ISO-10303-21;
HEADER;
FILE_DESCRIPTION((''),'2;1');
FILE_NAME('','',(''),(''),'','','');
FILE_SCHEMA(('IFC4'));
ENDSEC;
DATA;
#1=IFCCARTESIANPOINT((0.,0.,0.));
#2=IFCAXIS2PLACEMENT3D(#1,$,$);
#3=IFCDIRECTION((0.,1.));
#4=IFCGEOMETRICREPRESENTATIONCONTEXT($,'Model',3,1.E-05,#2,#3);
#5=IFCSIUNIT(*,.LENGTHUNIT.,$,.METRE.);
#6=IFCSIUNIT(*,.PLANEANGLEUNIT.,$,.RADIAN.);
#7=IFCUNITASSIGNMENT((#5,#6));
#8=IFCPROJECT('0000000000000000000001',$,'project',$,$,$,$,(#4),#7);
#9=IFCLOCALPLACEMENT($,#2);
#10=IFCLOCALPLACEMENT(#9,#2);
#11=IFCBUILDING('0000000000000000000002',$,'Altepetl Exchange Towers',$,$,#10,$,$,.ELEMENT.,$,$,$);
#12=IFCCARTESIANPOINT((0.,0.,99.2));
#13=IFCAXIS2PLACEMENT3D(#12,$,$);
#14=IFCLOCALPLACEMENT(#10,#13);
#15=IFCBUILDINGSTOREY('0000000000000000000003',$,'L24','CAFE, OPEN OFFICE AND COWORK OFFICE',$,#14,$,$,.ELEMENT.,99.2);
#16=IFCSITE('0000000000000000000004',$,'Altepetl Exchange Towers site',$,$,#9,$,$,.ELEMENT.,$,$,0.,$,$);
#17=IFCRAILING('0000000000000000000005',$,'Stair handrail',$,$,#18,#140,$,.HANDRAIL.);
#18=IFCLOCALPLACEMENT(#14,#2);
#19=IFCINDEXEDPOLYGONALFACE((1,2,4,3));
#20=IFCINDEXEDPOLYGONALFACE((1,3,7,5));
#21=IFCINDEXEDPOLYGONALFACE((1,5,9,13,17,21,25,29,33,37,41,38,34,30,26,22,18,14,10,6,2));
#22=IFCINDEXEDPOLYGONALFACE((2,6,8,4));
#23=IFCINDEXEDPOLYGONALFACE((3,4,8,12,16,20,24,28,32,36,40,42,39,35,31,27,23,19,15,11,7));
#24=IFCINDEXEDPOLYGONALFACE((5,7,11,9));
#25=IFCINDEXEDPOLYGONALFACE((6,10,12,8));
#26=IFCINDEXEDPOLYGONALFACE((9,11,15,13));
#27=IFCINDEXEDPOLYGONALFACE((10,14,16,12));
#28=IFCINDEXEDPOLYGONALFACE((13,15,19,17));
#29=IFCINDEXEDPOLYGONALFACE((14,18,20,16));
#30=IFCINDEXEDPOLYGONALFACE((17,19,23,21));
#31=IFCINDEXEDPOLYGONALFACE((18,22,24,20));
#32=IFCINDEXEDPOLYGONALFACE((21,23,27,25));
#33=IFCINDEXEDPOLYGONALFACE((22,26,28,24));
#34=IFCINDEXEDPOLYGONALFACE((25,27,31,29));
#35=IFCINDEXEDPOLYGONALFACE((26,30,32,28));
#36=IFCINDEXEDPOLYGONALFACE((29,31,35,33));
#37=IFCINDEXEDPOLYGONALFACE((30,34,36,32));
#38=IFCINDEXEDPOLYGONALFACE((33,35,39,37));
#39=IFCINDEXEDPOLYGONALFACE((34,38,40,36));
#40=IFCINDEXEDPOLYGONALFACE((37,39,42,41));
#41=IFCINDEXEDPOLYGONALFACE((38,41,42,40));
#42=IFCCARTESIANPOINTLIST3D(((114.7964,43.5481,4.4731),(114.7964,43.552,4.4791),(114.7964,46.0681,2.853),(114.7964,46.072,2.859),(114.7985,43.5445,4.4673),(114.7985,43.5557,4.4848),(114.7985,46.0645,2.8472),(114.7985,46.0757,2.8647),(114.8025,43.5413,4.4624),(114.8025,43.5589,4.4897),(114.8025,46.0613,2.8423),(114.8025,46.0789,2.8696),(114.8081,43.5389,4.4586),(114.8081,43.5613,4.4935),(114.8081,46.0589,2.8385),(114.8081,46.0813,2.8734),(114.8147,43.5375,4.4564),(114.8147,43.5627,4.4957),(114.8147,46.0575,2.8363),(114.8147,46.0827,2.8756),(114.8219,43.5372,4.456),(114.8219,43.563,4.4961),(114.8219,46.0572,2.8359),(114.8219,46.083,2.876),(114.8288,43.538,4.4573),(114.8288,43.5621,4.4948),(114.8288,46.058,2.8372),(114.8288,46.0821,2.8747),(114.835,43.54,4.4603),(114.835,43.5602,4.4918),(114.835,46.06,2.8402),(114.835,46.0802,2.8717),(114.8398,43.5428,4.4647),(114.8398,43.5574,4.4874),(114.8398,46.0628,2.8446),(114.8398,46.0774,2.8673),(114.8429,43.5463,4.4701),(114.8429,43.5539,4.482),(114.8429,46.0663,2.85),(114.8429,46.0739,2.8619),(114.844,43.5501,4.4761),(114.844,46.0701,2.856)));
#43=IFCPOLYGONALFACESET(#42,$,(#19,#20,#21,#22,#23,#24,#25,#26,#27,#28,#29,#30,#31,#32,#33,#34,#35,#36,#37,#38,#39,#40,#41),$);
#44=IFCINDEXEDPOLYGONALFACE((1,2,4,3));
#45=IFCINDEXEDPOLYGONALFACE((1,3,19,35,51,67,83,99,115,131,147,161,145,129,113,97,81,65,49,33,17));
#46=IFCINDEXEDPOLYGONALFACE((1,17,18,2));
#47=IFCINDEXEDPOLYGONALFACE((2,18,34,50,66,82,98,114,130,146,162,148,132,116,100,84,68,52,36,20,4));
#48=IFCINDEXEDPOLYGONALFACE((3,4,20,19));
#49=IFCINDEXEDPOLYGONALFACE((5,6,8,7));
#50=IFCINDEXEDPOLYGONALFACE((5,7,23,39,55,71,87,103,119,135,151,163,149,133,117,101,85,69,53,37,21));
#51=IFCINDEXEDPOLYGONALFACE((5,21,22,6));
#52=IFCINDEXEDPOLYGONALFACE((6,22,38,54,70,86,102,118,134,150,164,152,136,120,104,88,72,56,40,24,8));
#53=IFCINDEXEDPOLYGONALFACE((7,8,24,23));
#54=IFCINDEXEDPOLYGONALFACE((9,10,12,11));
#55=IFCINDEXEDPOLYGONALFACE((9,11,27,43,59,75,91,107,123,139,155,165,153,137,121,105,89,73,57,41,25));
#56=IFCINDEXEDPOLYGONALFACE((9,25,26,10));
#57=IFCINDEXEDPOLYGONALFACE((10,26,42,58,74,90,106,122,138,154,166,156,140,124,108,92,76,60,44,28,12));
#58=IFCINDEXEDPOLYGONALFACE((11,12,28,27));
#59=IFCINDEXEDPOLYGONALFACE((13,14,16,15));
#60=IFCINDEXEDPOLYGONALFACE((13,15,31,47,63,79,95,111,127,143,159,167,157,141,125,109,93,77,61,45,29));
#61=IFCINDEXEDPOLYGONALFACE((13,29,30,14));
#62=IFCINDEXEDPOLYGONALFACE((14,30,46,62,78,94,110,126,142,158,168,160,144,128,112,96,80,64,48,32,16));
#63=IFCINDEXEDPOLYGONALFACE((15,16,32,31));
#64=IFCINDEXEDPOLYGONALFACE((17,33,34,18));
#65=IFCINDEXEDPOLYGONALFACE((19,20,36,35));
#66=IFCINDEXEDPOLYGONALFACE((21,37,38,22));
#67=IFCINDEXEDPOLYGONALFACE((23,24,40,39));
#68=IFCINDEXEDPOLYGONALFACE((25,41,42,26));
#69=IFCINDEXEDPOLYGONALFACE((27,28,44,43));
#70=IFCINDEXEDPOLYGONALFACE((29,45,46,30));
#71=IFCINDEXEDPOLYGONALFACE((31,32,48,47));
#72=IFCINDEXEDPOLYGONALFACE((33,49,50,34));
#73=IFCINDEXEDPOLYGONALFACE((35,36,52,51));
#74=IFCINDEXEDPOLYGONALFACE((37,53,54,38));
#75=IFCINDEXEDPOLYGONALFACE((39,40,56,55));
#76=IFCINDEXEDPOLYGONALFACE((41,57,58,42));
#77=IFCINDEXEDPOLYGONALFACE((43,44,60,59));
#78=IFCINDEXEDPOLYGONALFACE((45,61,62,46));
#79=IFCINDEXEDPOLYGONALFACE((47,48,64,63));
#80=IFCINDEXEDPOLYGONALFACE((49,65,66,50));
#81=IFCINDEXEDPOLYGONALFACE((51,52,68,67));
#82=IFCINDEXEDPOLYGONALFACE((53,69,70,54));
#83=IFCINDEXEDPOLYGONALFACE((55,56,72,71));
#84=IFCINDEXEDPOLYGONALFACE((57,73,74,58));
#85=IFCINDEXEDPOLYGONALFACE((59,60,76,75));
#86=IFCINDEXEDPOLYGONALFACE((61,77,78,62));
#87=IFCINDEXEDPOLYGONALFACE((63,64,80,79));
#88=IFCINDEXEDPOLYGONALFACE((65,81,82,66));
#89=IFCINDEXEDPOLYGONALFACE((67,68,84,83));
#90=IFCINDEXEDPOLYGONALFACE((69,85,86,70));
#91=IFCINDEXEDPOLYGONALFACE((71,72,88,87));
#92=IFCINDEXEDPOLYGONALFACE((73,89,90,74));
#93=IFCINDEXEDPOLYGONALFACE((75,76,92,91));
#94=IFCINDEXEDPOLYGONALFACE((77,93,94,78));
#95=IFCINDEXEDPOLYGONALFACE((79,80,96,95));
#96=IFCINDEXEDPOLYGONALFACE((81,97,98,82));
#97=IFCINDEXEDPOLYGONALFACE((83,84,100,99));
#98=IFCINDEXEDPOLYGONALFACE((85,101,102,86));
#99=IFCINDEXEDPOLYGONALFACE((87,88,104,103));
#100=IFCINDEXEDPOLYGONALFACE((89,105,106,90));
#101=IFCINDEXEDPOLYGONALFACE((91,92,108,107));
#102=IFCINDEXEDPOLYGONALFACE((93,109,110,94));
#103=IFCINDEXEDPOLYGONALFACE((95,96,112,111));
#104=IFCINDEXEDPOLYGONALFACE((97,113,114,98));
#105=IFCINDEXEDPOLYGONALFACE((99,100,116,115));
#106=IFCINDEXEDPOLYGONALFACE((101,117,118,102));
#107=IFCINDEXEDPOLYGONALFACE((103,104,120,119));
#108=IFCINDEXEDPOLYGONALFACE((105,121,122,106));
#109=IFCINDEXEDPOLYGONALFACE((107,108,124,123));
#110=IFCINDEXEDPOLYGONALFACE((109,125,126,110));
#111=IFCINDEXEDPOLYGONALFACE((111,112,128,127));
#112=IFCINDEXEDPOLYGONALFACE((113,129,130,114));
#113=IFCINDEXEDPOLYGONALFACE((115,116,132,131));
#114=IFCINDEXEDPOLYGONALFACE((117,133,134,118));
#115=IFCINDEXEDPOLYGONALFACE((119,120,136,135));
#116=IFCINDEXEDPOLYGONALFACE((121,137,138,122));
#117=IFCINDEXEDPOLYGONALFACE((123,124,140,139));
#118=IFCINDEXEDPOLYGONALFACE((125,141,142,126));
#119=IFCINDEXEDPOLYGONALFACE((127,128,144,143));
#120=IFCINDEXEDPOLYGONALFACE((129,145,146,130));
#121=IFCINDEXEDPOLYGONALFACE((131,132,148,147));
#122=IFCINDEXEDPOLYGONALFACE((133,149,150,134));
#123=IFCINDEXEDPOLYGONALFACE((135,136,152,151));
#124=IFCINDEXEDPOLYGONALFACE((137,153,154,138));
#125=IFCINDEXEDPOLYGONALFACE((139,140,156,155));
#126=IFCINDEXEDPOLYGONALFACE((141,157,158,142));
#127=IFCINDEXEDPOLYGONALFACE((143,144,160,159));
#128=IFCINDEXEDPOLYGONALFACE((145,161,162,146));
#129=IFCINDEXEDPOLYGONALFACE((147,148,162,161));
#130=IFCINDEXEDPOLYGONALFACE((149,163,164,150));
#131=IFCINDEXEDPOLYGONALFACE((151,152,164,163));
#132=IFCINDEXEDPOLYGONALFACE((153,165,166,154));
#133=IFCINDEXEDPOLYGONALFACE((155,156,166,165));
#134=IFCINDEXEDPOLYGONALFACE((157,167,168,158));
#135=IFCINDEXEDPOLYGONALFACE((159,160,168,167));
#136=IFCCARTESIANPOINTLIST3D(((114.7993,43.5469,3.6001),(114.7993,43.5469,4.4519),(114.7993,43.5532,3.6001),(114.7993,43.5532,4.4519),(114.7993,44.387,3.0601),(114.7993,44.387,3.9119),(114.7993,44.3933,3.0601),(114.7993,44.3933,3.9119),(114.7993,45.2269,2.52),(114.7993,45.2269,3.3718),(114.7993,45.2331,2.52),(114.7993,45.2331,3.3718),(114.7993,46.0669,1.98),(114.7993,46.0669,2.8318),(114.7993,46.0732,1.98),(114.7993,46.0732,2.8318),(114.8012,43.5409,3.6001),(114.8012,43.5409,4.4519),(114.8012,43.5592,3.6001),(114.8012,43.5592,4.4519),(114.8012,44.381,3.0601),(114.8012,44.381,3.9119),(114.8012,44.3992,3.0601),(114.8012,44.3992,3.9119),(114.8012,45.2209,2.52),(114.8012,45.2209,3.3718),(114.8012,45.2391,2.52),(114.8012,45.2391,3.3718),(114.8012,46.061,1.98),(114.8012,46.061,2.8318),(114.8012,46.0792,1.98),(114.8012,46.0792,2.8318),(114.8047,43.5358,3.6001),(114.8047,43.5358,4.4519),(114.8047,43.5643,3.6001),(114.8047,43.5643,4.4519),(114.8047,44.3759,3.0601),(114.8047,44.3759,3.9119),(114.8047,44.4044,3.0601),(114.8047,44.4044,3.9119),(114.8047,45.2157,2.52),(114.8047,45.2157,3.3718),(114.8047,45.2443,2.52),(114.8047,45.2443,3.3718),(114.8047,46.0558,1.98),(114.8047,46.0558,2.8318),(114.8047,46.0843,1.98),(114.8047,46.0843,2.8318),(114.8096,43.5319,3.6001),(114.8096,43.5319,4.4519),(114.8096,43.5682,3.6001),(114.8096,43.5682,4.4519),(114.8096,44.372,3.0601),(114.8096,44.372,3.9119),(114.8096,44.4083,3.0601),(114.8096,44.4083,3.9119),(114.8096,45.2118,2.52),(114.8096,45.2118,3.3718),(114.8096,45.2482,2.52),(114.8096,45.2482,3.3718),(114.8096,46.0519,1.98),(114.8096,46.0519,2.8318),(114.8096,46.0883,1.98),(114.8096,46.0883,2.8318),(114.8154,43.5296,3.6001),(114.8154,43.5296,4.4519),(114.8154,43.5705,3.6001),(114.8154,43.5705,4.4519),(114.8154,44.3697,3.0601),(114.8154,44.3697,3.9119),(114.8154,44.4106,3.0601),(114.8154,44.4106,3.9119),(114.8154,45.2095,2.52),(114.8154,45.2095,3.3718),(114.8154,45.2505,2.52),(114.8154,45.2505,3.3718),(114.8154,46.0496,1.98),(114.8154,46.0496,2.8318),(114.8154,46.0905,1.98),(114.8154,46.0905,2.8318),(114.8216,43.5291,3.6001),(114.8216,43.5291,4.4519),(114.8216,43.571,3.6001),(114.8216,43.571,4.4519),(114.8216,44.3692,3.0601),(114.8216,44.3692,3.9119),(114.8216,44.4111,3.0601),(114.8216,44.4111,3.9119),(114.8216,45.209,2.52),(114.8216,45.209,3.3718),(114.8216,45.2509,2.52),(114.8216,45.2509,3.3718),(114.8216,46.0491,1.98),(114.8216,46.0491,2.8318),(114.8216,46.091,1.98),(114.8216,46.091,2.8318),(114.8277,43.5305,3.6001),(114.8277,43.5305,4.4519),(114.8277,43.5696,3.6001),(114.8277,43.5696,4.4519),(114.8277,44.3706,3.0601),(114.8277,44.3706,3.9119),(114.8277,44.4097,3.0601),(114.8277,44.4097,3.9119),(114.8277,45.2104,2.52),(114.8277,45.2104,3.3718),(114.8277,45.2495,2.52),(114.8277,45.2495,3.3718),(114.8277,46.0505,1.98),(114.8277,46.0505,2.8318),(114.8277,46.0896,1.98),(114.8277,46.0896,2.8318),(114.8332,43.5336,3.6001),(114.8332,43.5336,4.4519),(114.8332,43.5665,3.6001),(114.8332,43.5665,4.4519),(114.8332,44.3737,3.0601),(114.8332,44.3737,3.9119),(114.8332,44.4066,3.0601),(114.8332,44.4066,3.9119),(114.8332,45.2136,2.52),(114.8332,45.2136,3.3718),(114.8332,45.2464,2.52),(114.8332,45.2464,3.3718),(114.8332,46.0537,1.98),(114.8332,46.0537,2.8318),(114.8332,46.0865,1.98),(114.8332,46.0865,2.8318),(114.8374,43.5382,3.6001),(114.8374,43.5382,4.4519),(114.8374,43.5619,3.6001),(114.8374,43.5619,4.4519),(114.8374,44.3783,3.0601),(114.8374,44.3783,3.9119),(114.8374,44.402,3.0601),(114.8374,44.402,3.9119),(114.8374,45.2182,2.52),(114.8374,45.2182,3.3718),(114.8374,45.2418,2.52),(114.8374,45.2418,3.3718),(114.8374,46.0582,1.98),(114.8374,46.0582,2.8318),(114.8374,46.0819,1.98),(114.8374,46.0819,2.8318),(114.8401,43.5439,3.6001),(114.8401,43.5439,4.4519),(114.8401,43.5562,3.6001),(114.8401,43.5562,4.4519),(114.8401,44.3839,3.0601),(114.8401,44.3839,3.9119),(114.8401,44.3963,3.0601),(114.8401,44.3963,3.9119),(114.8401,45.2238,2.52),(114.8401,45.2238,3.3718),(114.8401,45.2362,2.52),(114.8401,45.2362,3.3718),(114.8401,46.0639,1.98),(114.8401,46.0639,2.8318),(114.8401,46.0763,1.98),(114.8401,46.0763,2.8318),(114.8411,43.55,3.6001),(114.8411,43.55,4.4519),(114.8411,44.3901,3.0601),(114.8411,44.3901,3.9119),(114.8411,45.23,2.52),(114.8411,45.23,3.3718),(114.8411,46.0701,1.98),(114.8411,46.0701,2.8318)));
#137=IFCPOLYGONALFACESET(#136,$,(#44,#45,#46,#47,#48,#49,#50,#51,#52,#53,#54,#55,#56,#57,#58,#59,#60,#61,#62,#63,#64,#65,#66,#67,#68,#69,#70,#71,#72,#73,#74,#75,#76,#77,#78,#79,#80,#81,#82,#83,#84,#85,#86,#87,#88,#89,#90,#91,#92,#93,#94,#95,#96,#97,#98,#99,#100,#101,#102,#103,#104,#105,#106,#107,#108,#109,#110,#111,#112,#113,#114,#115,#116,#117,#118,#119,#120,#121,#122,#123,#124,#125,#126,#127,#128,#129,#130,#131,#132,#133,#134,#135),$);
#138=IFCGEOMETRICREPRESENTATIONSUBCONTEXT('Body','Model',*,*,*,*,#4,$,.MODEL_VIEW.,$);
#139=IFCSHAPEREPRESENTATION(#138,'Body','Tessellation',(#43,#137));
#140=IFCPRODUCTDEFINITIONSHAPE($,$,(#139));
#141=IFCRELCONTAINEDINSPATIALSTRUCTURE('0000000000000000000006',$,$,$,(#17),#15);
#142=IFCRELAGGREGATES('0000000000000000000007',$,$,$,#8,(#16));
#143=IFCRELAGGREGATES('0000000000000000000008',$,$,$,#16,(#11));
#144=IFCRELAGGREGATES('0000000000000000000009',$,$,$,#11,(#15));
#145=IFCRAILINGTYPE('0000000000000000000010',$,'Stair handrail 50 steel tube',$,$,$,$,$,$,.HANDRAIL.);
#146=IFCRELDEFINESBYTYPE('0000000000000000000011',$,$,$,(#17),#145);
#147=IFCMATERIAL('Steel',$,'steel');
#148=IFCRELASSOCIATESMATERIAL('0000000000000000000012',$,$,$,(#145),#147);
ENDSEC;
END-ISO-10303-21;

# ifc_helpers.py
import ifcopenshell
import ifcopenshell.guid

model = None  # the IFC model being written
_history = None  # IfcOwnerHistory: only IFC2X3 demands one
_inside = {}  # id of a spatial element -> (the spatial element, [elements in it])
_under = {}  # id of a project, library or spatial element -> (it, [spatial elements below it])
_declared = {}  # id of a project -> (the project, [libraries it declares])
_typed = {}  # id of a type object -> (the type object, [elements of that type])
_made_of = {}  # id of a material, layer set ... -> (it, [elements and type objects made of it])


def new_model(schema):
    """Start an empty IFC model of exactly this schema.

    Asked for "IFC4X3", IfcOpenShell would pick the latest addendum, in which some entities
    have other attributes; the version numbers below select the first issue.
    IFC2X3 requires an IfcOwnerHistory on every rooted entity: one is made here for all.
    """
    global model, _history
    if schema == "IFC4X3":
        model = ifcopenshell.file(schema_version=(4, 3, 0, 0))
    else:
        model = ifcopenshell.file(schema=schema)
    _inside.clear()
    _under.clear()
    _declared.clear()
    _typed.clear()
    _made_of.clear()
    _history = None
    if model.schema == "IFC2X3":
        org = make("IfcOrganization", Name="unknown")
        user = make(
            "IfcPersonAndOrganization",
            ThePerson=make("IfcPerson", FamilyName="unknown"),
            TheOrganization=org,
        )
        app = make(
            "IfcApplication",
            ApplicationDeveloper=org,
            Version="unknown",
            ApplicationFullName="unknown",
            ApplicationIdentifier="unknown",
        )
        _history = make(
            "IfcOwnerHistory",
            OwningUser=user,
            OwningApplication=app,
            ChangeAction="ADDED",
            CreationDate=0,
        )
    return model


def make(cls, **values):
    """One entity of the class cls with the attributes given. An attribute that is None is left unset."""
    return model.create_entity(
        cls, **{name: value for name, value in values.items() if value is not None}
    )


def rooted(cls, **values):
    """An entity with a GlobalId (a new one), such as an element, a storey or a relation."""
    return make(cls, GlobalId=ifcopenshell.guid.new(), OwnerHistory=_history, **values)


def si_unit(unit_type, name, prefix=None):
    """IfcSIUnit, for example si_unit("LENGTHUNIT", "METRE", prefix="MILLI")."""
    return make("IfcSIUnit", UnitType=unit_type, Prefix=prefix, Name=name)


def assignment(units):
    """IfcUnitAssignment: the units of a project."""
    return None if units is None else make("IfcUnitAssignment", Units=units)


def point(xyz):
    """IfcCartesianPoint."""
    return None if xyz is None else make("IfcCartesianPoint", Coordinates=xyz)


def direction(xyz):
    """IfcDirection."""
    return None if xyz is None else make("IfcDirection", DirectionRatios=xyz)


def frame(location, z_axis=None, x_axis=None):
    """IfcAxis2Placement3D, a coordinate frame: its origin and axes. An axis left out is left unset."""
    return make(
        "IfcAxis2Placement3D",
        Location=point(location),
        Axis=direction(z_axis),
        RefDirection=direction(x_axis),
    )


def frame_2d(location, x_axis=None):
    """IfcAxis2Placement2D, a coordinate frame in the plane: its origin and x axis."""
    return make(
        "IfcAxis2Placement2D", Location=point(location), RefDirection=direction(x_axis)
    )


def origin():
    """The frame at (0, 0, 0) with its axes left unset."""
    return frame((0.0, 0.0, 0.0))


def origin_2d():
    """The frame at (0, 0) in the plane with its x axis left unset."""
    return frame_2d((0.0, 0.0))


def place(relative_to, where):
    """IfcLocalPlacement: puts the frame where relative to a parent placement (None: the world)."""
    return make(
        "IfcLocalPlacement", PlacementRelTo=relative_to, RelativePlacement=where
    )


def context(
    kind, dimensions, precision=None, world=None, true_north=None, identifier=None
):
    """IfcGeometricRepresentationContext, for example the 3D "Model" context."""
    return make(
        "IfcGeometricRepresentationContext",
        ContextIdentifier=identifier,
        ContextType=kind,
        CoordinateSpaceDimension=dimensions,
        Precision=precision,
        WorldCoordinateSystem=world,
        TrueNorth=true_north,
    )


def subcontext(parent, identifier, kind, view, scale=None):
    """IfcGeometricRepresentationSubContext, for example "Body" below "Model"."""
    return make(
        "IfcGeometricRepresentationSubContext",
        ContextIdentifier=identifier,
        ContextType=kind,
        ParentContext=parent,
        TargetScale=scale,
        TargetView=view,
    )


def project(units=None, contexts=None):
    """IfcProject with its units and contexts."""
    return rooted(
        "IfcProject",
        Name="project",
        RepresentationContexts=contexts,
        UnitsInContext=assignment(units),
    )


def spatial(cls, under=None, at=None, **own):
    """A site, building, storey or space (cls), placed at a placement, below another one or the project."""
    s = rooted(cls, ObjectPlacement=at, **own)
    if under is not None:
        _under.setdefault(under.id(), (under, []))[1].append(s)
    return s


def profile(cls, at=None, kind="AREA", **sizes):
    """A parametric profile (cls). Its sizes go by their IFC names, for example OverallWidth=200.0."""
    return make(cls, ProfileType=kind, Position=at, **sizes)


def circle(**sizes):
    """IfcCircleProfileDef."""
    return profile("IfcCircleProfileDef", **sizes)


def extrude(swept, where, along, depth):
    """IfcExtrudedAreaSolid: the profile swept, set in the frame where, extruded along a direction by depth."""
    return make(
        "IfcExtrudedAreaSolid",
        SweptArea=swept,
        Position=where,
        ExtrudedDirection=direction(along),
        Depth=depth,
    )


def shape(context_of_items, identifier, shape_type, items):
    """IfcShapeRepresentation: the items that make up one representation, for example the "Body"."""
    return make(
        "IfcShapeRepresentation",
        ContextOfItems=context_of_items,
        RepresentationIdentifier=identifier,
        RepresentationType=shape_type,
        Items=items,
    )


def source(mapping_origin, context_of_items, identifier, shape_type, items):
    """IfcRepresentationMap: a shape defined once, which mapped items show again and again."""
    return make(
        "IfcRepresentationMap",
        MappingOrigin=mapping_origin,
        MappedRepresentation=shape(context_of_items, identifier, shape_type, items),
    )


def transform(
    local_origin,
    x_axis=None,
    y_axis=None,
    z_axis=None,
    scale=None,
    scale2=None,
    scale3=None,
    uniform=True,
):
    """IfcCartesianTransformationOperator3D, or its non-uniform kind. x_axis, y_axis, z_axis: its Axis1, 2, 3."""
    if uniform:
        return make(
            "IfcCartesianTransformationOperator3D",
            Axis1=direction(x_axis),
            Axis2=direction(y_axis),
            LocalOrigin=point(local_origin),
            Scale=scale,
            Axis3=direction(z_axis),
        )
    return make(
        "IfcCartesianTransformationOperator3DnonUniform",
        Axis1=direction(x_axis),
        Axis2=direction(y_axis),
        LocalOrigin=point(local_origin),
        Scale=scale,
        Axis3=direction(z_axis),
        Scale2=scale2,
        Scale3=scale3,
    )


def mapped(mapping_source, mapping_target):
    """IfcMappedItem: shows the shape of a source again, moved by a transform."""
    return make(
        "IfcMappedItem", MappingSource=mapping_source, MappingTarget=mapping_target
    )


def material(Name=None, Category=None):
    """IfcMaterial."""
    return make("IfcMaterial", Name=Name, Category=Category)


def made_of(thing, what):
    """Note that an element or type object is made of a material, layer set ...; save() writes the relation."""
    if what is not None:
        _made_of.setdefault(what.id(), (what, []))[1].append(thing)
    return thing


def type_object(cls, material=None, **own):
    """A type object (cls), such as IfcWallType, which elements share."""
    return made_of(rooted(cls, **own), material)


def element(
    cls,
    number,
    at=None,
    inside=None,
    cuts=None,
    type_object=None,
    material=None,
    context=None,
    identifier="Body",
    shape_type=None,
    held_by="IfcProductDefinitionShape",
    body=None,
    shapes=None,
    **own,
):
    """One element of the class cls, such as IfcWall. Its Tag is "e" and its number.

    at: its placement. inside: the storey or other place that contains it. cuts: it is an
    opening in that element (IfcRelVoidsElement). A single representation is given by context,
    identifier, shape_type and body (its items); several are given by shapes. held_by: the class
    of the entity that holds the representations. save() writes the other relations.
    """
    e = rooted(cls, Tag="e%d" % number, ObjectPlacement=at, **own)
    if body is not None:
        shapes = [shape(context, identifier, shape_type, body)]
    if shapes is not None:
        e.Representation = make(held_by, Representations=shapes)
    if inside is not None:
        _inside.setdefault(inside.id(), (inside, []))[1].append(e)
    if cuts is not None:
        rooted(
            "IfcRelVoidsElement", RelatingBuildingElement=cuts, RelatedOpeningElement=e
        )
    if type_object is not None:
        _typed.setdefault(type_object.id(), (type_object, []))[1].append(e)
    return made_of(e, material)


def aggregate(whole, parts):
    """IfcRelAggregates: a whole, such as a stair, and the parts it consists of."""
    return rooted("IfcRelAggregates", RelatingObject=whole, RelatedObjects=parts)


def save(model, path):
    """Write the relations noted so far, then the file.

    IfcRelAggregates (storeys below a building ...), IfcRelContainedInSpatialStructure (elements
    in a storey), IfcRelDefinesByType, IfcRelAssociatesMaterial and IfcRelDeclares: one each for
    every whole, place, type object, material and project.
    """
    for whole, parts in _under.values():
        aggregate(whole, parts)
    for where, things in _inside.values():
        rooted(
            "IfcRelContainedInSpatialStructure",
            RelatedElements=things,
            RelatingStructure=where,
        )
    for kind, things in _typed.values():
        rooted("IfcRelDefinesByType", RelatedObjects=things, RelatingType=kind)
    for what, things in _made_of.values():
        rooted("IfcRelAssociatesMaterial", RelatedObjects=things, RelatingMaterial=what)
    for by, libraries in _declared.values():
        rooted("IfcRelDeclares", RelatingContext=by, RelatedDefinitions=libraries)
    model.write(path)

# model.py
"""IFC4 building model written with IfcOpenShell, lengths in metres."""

from ifc_helpers import new_model, si_unit, direction, frame, origin, origin_2d, place, context, subcontext, project, spatial, circle, extrude, source, transform, mapped, material, type_object, element, save


model = new_model("IFC4")

# Units and contexts
model_context = context("Model", 3, precision=1e-05, world=origin(), true_north=direction((0.0, 1.0)))
body_context = subcontext(model_context, "Body", "Model", "MODEL_VIEW")
ifc_project = project(units=[si_unit("LENGTHUNIT", "METRE"), si_unit("PLANEANGLEUNIT", "RADIAN")], contexts=[model_context])

# Site, building, storey
site_placement = place(None, origin())
site = spatial("IfcSite", under=ifc_project, at=site_placement, Name="Altepetl Exchange Towers site", CompositionType="ELEMENT", RefElevation=0.0)
building_placement = place(site_placement, origin())
building = spatial("IfcBuilding", under=site, at=building_placement, Name="Altepetl Exchange Towers", CompositionType="ELEMENT")
storey_placement = place(building_placement, frame((0.0, 0.0, 99.2)))
storey = spatial("IfcBuildingStorey", under=building, at=storey_placement, Name="L24", Description="CAFE, OPEN OFFICE AND COWORK OFFICE", CompositionType="ELEMENT", Elevation=99.2)

# Railing
ifc_material_1 = material(Name="Steel", Category="steel")
railing_type = type_object("IfcRailingType", Name="Stair handrail 50 steel tube", PredefinedType="HANDRAIL", material=ifc_material_1)
shared_shape = source(origin(), body_context, "Body", "SweptSolid", [
    extrude(circle(Radius=0.021, at=origin_2d()), origin(), (0.0, 0.0, 1.0), 0.8518),
])
railing_1_placement = place(storey_placement, frame((114.8201, 46.0701, 1.98)))
element("IfcRailing", 1, at=railing_1_placement, inside=storey, type_object=railing_type, Name="Stair handrail", PredefinedType="HANDRAIL", context=body_context, shape_type="SweptSolid", body=[
    extrude(circle(Radius=0.0239, at=origin_2d()), frame((0.0, 0.0, 0.876), z_axis=(0.0, -0.841163, 0.540782), x_axis=(1.0, 0.0, 0.0)), (0.0, 0.0, 1.0), 2.9958),
    mapped(shared_shape, transform((0.0, 0.0, 0.0))),
    mapped(shared_shape, transform((0.0, -0.8401, 0.54))),
    mapped(shared_shape, transform((0.0, -1.6799, 1.0801))),
    mapped(shared_shape, transform((0.0, -2.52, 1.6201))),
])

save(model, "model.ifc")
